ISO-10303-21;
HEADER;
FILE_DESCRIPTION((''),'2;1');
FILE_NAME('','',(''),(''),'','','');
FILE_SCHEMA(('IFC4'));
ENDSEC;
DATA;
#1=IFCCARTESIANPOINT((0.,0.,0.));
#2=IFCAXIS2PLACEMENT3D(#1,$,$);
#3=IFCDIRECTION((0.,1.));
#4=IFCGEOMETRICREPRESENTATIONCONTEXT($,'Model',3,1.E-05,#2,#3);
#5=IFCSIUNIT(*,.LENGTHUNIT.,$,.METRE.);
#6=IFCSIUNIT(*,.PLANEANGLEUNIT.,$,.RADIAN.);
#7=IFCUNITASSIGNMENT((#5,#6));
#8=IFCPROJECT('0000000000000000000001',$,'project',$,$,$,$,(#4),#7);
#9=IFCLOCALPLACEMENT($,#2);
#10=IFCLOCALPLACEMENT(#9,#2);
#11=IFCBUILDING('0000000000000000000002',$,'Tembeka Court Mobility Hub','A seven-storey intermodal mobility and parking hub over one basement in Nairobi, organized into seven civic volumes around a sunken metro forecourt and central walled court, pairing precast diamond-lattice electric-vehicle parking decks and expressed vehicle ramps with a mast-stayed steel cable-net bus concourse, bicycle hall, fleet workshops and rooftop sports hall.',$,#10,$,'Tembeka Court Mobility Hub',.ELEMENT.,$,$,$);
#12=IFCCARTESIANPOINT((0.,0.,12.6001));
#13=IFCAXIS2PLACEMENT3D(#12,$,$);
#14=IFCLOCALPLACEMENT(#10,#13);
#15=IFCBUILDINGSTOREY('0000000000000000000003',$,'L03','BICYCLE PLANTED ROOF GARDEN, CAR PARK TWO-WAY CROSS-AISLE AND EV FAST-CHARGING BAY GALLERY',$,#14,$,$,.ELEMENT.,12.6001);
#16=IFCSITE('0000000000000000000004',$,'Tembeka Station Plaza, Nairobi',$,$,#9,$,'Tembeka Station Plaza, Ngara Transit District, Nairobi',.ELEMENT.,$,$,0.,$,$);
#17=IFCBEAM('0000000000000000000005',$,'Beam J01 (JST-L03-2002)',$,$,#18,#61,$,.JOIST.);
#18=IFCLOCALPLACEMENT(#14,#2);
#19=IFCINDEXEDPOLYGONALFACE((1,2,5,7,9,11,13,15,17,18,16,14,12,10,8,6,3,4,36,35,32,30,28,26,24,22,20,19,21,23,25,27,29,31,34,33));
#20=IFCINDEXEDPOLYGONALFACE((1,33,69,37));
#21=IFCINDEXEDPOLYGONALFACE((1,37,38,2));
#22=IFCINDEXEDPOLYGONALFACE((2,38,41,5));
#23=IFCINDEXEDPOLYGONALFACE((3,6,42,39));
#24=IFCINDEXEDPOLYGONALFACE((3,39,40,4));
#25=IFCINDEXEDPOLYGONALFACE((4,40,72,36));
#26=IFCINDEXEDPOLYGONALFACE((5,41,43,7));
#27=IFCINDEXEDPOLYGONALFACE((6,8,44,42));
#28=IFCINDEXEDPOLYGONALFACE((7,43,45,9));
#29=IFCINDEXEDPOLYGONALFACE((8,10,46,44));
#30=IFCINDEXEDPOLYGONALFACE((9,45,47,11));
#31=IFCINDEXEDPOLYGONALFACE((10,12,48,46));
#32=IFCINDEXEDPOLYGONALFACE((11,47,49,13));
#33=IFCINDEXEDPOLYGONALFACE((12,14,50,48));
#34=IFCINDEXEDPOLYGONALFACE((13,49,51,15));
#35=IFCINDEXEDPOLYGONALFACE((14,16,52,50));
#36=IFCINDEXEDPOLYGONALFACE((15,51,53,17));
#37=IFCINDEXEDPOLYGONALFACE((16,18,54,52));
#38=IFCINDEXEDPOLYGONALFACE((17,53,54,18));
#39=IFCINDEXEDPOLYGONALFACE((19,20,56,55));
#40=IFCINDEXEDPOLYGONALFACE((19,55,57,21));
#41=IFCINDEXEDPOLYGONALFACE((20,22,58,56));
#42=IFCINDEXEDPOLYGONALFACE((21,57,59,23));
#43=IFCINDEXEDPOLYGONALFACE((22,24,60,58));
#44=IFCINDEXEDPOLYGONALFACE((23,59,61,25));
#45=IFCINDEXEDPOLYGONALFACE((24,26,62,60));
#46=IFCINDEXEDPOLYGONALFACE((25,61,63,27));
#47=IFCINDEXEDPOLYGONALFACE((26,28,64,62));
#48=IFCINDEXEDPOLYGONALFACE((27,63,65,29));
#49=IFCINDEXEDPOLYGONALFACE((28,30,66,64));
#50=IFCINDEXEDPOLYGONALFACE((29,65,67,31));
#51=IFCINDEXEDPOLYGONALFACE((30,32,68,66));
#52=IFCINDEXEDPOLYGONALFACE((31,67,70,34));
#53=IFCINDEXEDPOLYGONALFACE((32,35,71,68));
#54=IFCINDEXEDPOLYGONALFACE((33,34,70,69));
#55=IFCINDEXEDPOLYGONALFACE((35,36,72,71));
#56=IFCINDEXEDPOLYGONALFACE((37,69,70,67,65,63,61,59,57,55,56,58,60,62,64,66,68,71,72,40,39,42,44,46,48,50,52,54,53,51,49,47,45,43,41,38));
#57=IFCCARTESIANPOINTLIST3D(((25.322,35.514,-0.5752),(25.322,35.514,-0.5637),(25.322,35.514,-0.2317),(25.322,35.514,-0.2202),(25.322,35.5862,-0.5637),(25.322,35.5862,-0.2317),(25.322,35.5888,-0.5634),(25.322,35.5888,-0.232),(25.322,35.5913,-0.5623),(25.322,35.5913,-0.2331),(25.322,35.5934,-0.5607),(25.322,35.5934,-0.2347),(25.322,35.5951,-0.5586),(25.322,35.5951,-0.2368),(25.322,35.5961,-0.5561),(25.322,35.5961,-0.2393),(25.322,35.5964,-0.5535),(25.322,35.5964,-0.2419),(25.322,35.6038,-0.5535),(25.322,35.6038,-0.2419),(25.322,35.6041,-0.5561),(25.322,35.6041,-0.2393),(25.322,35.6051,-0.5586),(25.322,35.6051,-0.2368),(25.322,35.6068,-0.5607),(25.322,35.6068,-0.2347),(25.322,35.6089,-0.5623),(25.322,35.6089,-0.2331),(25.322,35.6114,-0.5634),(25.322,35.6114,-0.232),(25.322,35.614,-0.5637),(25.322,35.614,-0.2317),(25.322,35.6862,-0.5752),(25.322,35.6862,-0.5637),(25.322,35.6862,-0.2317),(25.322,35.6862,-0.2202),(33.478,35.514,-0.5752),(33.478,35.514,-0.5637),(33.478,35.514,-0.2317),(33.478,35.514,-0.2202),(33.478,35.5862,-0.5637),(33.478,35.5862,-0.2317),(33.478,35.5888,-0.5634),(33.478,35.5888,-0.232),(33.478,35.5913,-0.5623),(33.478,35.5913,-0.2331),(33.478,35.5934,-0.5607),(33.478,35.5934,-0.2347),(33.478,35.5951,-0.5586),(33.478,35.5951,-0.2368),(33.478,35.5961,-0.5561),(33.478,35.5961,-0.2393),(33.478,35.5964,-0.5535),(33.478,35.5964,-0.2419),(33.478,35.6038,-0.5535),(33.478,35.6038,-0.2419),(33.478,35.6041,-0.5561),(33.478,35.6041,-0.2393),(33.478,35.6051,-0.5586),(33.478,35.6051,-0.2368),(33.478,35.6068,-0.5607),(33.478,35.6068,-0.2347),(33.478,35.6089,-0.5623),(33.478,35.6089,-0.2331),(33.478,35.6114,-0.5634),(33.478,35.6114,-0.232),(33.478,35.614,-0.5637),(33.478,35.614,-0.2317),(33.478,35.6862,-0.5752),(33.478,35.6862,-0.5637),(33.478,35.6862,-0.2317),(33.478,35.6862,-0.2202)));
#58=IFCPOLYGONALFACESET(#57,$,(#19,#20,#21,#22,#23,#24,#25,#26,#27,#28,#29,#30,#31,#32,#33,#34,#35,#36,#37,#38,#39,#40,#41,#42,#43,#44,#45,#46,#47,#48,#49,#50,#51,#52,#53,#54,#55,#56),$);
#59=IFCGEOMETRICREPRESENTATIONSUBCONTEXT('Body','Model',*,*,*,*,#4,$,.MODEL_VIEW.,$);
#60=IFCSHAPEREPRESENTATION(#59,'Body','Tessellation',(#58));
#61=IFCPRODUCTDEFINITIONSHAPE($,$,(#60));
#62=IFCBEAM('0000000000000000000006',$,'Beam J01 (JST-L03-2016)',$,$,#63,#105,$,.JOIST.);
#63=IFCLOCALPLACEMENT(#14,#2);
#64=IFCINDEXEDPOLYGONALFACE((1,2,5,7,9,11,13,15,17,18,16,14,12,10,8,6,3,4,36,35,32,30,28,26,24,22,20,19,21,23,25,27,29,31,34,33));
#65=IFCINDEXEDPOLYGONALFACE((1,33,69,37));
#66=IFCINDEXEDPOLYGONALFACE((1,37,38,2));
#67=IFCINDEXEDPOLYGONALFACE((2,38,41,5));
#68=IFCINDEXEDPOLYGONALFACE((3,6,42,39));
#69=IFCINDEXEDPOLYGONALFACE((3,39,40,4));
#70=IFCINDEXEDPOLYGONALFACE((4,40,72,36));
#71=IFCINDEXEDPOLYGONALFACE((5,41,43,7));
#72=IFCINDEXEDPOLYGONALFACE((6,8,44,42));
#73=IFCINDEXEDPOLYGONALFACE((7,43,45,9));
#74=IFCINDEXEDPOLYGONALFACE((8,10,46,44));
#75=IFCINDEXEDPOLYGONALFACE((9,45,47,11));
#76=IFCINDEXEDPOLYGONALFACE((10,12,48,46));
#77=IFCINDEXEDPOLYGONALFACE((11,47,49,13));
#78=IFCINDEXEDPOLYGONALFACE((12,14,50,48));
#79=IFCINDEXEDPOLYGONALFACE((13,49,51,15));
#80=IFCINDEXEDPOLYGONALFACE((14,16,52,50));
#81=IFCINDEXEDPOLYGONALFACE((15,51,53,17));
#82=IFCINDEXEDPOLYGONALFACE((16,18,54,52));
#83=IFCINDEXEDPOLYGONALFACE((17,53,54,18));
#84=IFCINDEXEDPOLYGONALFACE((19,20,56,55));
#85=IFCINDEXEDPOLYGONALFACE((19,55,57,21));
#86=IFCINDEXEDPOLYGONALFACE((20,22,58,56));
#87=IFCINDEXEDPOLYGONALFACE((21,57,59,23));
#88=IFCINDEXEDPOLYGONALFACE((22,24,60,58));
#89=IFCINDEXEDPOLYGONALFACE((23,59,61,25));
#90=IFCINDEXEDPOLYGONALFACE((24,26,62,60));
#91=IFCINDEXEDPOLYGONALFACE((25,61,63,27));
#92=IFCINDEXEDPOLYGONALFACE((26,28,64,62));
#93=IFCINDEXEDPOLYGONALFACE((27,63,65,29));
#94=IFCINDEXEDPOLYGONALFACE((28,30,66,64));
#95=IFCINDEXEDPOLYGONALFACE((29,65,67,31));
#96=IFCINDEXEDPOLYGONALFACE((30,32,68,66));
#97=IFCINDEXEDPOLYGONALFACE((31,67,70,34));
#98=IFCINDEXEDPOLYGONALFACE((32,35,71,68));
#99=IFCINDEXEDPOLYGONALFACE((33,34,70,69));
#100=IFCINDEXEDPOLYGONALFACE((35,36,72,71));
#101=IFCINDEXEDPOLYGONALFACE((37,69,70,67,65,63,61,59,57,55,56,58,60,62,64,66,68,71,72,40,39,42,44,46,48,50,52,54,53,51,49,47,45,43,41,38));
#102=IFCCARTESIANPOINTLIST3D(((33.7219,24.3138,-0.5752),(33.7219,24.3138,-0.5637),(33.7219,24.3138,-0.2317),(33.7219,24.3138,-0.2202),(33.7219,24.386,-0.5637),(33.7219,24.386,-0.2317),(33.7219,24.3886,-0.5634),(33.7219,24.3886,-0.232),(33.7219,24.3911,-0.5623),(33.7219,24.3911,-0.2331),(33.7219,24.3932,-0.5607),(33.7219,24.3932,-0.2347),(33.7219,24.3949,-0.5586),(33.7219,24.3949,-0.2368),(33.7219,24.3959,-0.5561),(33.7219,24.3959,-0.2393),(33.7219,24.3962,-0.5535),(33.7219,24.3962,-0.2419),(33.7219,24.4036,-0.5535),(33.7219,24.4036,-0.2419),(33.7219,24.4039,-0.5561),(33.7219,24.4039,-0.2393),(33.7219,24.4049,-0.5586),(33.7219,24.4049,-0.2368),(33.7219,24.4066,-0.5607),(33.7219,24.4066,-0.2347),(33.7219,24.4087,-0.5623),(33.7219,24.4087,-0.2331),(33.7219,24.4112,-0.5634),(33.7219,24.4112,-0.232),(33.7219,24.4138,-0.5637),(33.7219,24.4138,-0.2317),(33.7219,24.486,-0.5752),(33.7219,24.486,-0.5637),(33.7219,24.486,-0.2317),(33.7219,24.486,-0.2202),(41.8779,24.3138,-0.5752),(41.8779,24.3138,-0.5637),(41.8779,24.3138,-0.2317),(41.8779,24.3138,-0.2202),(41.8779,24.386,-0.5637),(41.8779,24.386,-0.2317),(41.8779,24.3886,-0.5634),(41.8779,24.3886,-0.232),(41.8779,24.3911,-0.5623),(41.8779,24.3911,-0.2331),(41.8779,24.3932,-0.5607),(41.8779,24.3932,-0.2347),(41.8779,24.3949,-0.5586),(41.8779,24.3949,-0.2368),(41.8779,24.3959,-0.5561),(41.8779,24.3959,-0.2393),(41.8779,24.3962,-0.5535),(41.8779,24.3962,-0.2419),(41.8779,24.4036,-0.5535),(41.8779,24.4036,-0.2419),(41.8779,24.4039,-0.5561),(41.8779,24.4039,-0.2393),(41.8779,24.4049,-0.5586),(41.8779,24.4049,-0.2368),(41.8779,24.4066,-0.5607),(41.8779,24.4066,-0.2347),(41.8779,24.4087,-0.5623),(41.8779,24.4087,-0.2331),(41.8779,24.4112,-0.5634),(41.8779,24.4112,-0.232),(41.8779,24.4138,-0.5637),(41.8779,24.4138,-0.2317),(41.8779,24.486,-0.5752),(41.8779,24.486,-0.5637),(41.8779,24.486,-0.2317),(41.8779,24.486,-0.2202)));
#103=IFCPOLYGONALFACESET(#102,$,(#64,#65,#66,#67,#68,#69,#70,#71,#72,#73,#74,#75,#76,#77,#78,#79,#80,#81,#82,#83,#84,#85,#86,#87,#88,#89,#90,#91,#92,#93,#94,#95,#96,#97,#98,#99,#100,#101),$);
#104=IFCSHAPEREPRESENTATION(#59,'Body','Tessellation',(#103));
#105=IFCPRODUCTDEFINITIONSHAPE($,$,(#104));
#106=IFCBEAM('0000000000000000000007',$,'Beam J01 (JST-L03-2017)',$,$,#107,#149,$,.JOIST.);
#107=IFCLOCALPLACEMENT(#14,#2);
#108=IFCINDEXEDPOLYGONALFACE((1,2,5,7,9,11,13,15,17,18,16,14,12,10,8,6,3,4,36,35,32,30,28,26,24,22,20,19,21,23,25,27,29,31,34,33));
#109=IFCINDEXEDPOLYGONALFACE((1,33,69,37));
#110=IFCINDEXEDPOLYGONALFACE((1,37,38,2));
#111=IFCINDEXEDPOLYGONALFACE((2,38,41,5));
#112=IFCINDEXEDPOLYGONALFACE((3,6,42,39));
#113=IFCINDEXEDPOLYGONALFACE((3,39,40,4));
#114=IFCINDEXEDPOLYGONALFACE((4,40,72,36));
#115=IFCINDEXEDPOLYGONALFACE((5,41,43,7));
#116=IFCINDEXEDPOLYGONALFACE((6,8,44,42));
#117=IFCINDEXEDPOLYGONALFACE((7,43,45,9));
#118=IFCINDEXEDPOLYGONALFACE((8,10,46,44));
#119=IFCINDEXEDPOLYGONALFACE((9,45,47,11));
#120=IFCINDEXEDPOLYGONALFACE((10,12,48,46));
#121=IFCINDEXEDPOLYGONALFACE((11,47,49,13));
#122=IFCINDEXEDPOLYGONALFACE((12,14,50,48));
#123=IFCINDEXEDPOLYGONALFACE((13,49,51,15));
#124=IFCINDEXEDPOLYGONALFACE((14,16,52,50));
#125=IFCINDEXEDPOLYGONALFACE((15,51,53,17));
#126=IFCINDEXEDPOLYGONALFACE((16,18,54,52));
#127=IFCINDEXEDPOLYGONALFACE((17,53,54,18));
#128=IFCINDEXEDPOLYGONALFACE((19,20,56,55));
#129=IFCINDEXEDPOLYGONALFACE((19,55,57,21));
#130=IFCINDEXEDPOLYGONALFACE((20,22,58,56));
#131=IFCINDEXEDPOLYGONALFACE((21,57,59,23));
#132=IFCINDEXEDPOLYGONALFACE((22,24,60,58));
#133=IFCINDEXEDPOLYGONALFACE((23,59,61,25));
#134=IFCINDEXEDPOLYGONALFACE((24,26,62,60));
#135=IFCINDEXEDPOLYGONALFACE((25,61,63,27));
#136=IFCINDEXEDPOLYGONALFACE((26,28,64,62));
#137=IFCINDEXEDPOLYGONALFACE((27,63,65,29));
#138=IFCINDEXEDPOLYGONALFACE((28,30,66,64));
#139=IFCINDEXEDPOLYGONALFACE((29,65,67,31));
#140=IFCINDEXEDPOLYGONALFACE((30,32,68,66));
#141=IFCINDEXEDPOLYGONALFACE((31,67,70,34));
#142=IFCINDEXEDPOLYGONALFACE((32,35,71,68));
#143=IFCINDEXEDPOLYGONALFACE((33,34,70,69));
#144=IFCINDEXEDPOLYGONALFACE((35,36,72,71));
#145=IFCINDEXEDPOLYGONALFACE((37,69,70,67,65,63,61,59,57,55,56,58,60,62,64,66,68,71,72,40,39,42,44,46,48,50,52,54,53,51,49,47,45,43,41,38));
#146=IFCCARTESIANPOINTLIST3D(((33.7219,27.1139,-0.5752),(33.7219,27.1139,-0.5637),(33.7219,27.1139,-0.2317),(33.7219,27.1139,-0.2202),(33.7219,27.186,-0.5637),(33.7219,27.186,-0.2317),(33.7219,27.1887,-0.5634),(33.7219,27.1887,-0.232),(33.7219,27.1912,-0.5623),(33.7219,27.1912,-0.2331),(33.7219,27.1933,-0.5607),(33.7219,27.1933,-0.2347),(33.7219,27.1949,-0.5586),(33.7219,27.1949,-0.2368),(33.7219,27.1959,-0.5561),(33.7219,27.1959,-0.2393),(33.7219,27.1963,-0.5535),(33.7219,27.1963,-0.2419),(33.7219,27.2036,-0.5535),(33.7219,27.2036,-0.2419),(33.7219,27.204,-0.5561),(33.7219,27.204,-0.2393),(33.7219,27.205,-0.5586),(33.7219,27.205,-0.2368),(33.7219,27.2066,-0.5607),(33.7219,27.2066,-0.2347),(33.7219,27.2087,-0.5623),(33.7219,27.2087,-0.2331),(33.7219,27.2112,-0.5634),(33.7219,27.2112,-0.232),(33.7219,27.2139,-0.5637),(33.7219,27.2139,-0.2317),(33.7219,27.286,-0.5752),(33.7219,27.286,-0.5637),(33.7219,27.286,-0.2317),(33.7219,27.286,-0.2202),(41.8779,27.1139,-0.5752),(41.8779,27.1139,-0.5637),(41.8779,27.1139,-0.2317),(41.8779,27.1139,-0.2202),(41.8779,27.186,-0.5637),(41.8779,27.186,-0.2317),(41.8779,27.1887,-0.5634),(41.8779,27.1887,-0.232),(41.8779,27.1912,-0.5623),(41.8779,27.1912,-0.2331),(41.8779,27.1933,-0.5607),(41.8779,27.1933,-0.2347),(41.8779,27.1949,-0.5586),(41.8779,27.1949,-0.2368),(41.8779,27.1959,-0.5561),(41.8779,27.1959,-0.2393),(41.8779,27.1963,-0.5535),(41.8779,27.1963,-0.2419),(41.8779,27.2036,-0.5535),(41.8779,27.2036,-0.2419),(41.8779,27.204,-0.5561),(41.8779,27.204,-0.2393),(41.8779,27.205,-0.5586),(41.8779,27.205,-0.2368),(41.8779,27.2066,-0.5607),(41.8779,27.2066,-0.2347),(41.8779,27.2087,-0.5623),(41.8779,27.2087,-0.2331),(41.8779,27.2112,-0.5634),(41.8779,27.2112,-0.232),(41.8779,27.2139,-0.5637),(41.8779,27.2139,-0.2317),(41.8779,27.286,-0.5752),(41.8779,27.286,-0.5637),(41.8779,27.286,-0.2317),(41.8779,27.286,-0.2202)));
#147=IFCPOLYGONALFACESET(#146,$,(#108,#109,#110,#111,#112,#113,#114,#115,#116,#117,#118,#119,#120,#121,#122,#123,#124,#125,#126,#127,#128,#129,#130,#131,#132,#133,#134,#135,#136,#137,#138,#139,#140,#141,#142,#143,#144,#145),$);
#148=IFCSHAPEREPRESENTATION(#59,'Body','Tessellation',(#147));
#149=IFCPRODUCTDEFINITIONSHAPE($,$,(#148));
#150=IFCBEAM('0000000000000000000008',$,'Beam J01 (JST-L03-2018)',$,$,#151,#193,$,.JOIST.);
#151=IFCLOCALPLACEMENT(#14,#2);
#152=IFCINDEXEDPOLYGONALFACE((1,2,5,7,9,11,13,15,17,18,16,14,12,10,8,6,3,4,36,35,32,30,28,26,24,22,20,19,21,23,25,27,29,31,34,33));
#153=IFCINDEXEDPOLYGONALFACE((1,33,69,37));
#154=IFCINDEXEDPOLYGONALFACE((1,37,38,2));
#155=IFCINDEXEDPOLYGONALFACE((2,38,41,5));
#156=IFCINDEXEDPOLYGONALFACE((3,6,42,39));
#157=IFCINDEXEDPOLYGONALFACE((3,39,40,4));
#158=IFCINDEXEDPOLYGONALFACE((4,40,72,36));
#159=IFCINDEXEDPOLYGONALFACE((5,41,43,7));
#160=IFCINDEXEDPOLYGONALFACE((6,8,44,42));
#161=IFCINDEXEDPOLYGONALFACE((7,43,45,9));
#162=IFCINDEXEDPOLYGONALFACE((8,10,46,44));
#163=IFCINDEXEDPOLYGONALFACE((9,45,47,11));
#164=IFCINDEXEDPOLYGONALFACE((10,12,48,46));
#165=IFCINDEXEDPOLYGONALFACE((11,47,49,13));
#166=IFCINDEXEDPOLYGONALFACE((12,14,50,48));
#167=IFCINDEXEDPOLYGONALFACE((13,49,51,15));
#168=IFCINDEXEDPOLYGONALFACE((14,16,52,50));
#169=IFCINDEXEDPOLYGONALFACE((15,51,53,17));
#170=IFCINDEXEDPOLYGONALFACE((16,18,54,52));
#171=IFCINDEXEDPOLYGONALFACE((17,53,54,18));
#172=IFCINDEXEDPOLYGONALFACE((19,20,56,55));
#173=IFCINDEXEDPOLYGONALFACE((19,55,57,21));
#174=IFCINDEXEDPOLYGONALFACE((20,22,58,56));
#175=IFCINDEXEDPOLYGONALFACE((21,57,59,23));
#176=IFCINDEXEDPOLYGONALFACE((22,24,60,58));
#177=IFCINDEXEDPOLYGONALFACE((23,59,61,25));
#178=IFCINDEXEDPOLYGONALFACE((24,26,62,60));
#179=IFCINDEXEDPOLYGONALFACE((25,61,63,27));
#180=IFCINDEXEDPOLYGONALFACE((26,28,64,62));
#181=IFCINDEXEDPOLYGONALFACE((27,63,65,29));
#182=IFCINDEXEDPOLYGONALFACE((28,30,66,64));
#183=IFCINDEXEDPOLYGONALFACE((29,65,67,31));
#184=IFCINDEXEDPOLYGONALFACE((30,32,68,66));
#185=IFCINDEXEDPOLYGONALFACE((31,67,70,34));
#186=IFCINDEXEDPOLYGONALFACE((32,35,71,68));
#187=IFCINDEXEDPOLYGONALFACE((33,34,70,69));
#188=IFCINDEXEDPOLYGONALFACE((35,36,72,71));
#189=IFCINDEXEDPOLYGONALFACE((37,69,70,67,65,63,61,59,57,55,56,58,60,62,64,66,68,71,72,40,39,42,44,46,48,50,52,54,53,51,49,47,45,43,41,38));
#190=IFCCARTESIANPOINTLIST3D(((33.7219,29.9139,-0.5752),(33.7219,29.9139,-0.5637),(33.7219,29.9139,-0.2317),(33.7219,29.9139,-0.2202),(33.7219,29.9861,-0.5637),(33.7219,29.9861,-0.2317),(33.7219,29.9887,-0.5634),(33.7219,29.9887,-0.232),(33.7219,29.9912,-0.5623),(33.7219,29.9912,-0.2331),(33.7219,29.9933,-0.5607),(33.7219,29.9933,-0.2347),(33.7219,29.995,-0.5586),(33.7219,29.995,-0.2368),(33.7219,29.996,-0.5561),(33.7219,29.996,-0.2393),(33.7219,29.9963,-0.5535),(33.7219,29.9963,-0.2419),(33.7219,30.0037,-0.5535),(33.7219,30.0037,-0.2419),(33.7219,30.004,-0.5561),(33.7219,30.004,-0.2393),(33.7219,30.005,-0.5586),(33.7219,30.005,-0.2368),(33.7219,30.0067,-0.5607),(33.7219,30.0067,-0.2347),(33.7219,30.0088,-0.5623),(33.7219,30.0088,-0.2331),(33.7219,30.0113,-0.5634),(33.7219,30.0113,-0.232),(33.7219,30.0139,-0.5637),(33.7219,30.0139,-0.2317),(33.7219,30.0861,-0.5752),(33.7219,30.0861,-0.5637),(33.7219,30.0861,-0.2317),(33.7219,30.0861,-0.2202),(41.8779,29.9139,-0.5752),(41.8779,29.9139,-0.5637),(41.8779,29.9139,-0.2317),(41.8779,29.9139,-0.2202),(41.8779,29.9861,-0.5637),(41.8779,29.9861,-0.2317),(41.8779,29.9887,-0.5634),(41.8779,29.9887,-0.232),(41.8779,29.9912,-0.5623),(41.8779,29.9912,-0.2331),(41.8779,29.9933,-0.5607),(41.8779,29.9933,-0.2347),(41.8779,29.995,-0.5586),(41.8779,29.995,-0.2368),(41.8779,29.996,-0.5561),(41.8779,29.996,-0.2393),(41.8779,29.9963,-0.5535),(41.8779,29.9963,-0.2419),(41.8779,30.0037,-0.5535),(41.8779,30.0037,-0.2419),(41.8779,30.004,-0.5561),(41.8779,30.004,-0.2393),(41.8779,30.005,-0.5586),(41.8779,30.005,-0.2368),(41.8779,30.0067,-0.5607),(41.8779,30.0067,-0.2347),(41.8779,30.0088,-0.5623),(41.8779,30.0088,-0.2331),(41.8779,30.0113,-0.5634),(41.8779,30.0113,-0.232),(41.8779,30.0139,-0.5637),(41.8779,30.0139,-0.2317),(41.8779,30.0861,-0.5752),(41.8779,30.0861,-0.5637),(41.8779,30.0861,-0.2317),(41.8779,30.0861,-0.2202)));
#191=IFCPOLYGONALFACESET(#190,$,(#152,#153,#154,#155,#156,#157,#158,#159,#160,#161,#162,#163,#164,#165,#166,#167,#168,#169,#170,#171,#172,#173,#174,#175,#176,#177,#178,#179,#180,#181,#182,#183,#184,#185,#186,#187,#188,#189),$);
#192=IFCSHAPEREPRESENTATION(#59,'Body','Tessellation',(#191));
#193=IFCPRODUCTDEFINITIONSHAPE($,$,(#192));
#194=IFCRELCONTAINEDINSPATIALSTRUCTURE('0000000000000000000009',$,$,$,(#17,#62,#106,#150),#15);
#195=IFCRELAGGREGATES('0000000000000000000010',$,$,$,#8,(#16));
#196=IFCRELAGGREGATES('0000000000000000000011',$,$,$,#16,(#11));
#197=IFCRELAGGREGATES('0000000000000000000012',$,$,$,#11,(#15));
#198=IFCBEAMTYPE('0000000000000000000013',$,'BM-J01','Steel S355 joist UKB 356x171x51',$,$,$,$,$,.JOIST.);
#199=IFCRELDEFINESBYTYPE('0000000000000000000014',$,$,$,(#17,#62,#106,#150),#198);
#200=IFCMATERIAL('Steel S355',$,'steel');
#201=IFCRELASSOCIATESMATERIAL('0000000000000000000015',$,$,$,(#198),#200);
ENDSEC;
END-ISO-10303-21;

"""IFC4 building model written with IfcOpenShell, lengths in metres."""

from ifc_helpers import new_model, si_unit, direction, frame, origin, origin_2d, place, context, subcontext, project, spatial, i_section, extrude, material, material_profile, profile_set, type_object, element, save


model = new_model("IFC4")

# Units and contexts
model_context = context("Model", 3, precision=1e-05, world=origin(), true_north=direction((0.0, 1.0)))
body_context = subcontext(model_context, "Body", "Model", "MODEL_VIEW")
ifc_project = project(units=[si_unit("LENGTHUNIT", "METRE"), si_unit("PLANEANGLEUNIT", "RADIAN")], contexts=[model_context])

# Site, building, storey
site_placement = place(None, origin())
site = spatial("IfcSite", under=ifc_project, at=site_placement, Name="Tembeka Station Plaza, Nairobi", LongName="Tembeka Station Plaza, Ngara Transit District, Nairobi", CompositionType="ELEMENT", RefElevation=0.0)
building_placement = place(site_placement, origin())
building = spatial("IfcBuilding", under=site, at=building_placement, Name="Tembeka Court Mobility Hub", Description="A seven-storey intermodal mobility and parking hub over one basement in Nairobi, organized into seven civic volumes around a sunken metro forecourt and central walled court, pairing precast diamond-lattice electric-vehicle parking decks and expressed vehicle ramps with a mast-stayed steel cable-net bus concourse, bicycle hall, fleet workshops and rooftop sports hall.", LongName="Tembeka Court Mobility Hub", CompositionType="ELEMENT")
storey_placement = place(building_placement, frame((0.0, 0.0, 12.6001)))
storey = spatial("IfcBuildingStorey", under=building, at=storey_placement, Name="L03", Description="BICYCLE PLANTED ROOF GARDEN, CAR PARK TWO-WAY CROSS-AISLE AND EV FAST-CHARGING BAY GALLERY", CompositionType="ELEMENT", Elevation=12.6001)

# Shared definitions
ifc_material_1 = material(Name="Steel S355", Category="steel")

# Beams
ifc_material_profile_1 = material_profile(ifc_material_1, i_section(OverallWidth=0.1721, OverallDepth=0.355, WebThickness=0.0073, FlangeThickness=0.0115, FilletRadius=0.0103, at=origin_2d()), Name="UKB 356x171x51")
ifc_profile_set_1 = profile_set([ifc_material_profile_1], Name="Steel S355")
beam_type_1 = type_object("IfcBeamType", Name="BM-J01", Description="Steel S355 joist UKB 356x171x51", PredefinedType="JOIST", material=ifc_profile_set_1)
for number, where, z_axis, x_axis, name in (
    (1, (25.322, 35.6001, -0.3977), (1.0, 0.0, 0.0), (0.0, 1.0, 0.0), "Beam J01 (JST-L03-2002)"),
    (2, (33.7219, 24.3999, -0.3977), (1.0, 0.0, 0.0), (0.0, 1.0, 0.0), "Beam J01 (JST-L03-2016)"),
    (3, (33.7219, 27.2, -0.3977), (1.0, 0.0, 0.0), (0.0, 1.0, 0.0), "Beam J01 (JST-L03-2017)"),
    (4, (33.7219, 30.0, -0.3977), (1.0, 0.0, 0.0), (0.0, 1.0, 0.0), "Beam J01 (JST-L03-2018)"),
):
    element("IfcBeam", number, at=place(storey_placement, frame(where, z_axis=z_axis, x_axis=x_axis)), inside=storey, type_object=beam_type_1, Name=name, PredefinedType="JOIST", context=body_context, shape_type="SweptSolid", body=[
        extrude(i_section(OverallWidth=0.1721, OverallDepth=0.355, WebThickness=0.0073, FlangeThickness=0.0115, FilletRadius=0.0103, at=origin_2d()), origin(), (0.0, 0.0, 1.0), 8.156),
    ])

save(model, "model.ifc")
